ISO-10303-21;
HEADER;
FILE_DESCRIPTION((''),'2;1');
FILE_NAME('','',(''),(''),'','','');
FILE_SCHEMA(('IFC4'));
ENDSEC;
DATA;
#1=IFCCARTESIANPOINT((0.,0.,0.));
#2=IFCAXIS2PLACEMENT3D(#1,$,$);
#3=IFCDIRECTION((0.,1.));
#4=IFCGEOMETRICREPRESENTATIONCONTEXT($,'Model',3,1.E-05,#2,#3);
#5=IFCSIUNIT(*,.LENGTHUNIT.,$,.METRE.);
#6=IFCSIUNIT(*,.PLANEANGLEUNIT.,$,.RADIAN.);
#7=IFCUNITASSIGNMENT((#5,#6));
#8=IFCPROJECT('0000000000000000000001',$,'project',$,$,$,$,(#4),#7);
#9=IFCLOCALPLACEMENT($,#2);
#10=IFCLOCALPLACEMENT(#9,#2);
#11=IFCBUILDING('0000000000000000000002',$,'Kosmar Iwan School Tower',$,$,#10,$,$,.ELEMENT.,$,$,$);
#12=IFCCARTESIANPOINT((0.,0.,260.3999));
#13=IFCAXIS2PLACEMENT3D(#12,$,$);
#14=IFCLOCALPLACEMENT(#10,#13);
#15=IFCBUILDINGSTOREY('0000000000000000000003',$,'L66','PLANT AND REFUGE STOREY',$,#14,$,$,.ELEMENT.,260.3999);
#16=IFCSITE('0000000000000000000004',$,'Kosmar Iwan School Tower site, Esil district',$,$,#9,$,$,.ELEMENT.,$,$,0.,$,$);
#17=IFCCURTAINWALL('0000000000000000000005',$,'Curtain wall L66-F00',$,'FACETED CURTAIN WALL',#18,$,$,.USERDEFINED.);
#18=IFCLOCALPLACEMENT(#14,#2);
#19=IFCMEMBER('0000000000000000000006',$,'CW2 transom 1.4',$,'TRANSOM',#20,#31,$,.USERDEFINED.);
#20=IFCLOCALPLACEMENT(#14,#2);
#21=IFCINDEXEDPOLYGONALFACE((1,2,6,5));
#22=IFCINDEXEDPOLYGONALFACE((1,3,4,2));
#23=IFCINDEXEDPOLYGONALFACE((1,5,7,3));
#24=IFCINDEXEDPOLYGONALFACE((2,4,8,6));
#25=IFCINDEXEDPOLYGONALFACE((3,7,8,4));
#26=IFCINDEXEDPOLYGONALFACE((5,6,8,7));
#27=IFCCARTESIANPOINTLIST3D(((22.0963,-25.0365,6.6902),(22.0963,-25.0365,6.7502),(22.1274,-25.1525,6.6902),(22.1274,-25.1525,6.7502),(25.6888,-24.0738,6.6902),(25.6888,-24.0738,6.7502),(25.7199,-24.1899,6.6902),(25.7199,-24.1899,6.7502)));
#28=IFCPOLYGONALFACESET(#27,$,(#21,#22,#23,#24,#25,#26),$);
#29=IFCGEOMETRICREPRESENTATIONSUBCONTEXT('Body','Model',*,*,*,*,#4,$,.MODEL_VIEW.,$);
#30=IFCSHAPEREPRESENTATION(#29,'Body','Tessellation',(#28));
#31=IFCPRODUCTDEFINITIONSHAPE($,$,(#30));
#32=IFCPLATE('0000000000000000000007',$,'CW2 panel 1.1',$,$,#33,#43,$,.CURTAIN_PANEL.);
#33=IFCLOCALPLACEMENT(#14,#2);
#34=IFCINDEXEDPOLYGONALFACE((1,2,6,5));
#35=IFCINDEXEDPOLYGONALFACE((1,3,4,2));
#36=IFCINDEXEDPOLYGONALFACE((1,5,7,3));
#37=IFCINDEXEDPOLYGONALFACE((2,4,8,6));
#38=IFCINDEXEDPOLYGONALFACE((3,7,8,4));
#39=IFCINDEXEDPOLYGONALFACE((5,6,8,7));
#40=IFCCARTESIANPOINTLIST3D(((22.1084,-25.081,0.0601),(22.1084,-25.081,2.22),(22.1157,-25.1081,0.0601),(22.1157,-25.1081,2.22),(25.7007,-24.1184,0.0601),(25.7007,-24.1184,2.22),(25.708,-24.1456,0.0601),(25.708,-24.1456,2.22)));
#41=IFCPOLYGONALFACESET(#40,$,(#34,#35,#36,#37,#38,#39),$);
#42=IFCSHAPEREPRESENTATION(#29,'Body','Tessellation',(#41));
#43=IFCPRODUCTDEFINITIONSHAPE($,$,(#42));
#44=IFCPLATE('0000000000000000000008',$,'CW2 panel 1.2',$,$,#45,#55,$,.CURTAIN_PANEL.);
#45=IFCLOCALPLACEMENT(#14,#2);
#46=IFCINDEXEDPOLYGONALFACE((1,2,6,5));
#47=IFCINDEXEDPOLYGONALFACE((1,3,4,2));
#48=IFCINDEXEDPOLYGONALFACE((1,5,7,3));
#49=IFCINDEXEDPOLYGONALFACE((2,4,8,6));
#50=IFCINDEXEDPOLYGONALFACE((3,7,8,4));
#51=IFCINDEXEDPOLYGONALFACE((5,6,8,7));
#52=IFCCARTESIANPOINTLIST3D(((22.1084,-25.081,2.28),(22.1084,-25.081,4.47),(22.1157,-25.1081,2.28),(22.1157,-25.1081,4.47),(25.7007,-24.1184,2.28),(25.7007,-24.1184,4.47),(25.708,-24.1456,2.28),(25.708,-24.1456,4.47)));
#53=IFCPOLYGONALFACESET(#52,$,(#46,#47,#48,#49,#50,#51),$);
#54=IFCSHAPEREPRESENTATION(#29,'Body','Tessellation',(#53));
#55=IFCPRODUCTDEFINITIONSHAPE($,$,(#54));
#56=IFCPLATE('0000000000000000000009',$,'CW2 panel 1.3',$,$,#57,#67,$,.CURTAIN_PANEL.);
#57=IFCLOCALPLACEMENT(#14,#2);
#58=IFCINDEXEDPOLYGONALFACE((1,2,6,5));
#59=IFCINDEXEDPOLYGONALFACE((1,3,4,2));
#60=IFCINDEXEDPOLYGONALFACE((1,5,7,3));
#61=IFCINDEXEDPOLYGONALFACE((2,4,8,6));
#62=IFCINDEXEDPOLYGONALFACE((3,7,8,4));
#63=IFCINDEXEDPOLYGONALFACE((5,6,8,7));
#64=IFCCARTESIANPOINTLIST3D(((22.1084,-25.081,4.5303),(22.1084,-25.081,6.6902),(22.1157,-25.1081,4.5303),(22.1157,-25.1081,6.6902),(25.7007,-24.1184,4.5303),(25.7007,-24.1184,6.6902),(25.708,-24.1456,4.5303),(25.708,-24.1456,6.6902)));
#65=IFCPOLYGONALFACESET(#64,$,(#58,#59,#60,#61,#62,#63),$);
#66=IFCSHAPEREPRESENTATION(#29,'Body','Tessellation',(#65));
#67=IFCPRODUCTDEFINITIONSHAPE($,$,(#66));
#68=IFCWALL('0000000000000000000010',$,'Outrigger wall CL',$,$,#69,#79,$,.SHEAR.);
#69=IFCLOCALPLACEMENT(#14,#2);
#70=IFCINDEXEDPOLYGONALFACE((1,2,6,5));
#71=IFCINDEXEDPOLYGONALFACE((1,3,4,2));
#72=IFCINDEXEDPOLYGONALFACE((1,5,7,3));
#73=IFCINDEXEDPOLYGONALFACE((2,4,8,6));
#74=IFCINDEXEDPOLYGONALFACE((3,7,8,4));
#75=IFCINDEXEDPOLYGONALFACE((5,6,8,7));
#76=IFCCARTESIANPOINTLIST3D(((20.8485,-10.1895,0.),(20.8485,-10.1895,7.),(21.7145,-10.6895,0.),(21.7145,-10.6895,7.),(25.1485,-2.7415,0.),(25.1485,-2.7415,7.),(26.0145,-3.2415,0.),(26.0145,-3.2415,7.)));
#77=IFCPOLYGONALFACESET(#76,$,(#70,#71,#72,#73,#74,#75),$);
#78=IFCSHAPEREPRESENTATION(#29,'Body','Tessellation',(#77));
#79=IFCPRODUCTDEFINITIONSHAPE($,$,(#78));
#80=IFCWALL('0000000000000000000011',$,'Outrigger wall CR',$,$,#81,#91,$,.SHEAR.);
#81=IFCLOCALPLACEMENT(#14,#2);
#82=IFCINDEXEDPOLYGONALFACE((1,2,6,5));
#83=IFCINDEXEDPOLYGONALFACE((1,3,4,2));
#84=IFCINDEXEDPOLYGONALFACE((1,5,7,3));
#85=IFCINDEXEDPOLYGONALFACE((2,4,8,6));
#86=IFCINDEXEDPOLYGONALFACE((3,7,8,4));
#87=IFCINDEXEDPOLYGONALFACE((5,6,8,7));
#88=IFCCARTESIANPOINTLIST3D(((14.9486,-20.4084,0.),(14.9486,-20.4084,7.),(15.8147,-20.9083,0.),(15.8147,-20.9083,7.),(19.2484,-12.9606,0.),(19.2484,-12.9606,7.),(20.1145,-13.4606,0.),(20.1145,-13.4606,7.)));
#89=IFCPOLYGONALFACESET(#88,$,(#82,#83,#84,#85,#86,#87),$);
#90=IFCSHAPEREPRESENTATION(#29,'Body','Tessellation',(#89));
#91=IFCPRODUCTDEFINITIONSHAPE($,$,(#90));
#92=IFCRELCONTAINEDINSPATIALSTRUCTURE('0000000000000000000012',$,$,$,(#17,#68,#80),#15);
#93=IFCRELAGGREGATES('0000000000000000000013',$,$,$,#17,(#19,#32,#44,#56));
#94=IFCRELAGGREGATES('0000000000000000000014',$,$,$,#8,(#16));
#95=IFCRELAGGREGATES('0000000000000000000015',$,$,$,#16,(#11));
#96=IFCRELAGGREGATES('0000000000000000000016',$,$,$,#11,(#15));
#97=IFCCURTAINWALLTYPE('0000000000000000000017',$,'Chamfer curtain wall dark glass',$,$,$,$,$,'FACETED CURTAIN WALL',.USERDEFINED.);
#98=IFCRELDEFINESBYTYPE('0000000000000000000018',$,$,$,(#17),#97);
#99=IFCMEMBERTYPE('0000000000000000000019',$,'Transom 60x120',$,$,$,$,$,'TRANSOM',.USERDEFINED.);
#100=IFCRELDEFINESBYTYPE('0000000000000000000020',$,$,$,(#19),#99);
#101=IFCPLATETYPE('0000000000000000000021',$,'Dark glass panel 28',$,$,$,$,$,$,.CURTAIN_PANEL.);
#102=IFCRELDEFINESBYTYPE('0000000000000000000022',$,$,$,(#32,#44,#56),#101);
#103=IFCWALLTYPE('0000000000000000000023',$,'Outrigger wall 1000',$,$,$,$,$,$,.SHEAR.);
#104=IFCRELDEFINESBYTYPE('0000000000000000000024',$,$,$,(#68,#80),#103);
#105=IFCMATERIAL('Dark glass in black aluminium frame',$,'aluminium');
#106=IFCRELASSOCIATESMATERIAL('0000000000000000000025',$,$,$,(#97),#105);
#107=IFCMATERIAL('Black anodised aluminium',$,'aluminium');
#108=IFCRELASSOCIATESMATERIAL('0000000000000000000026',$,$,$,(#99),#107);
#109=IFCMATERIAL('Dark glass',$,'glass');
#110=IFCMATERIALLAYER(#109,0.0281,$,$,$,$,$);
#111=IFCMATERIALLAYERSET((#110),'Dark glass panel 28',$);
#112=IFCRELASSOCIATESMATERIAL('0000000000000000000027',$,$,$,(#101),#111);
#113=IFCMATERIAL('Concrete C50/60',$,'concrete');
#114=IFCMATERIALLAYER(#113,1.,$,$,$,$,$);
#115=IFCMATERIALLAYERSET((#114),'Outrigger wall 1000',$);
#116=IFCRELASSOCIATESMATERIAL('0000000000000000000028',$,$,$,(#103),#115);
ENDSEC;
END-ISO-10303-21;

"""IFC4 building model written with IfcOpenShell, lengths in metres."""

from ifc_helpers import new_model, si_unit, direction, frame, frame_2d, origin, origin_2d, place, context, subcontext, project, spatial, rectangle, extrude, material, layer, layer_set, material_profile, profile_set, type_object, element, aggregate, save


model = new_model("IFC4")

# Units and contexts
model_context = context("Model", 3, precision=1e-05, world=origin(), true_north=direction((0.0, 1.0)))
body_context = subcontext(model_context, "Body", "Model", "MODEL_VIEW")
ifc_project = project(units=[si_unit("LENGTHUNIT", "METRE"), si_unit("PLANEANGLEUNIT", "RADIAN")], contexts=[model_context])

# Site, building, storey
site_placement = place(None, origin())
site = spatial("IfcSite", under=ifc_project, at=site_placement, Name="Kosmar Iwan School Tower site, Esil district", CompositionType="ELEMENT", RefElevation=0.0)
building_placement = place(site_placement, origin())
building = spatial("IfcBuilding", under=site, at=building_placement, Name="Kosmar Iwan School Tower", CompositionType="ELEMENT")
storey_placement = place(building_placement, frame((0.0, 0.0, 260.3999)))
storey = spatial("IfcBuildingStorey", under=building, at=storey_placement, Name="L66", Description="PLANT AND REFUGE STOREY", CompositionType="ELEMENT", Elevation=260.3999)

# Curtain wall
ifc_material_1 = material(Name="Dark glass in black aluminium frame", Category="aluminium")
curtain_wall_type_1 = type_object("IfcCurtainWallType", Name="Chamfer curtain wall dark glass", ElementType="FACETED CURTAIN WALL", PredefinedType="USERDEFINED", material=ifc_material_1)
curtain_wall_1_placement = place(storey_placement, origin())
curtain_wall_1 = element("IfcCurtainWall", 1, at=curtain_wall_1_placement, inside=storey, type_object=curtain_wall_type_1, Name="Curtain wall L66-F00", ObjectType="FACETED CURTAIN WALL", PredefinedType="USERDEFINED")

# Member
ifc_material_2 = material(Name="Black anodised aluminium", Category="aluminium")
ifc_material_profile_1 = material_profile(ifc_material_2, rectangle(XDim=0.1201, YDim=0.0601, at=origin_2d()), Name="TRANSOM 60x120")
ifc_profile_set_1 = profile_set([ifc_material_profile_1], Name="Black anodised aluminium")
member_type_1 = type_object("IfcMemberType", Name="Transom 60x120", ElementType="TRANSOM", PredefinedType="USERDEFINED", material=ifc_profile_set_1)
member_1_placement = place(storey_placement, frame((22.1118, -25.0945, 6.7202), z_axis=(0.965924, 0.258827, 0.0), x_axis=(-0.258827, 0.965924, 0.0)))
member_1 = element("IfcMember", 2, at=member_1_placement, type_object=member_type_1, Name="CW2 transom 1.4", ObjectType="TRANSOM", PredefinedType="USERDEFINED", context=body_context, shape_type="SweptSolid", body=[
    extrude(rectangle(XDim=0.1201, YDim=0.0601, at=origin_2d()), origin(), (0.0, 0.0, 1.0), 3.7192),
])

# Plates
ifc_material_3 = material(Name="Dark glass", Category="glass")
ifc_layer_1 = layer(ifc_material_3, 0.0281)
ifc_layer_set_1 = layer_set([ifc_layer_1], Name="Dark glass panel 28")
plate_type = type_object("IfcPlateType", Name="Dark glass panel 28", PredefinedType="CURTAIN_PANEL", material=ifc_layer_set_1)
plate_1_placement = place(storey_placement, frame((23.9082, -24.6133, 0.0601), z_axis=(0.0, 0.0, 1.0), x_axis=(0.965926, 0.258819, 0.0)))
plate_1 = element("IfcPlate", 3, at=plate_1_placement, type_object=plate_type, Name="CW2 panel 1.1", PredefinedType="CURTAIN_PANEL", context=body_context, shape_type="SweptSolid", body=[
    extrude(rectangle(XDim=3.719, YDim=0.0281, at=origin_2d()), origin(), (0.0, 0.0, 1.0), 2.1599),
])
plate_2_placement = place(storey_placement, frame((23.9082, -24.6133, 2.28), z_axis=(0.0, 0.0, 1.0), x_axis=(0.965926, 0.258819, 0.0)))
plate_2 = element("IfcPlate", 4, at=plate_2_placement, type_object=plate_type, Name="CW2 panel 1.2", PredefinedType="CURTAIN_PANEL", context=body_context, shape_type="SweptSolid", body=[
    extrude(rectangle(XDim=3.719, YDim=0.0281, at=origin_2d()), origin(), (0.0, 0.0, 1.0), 2.1899),
])
plate_3_placement = place(storey_placement, frame((23.9082, -24.6133, 4.5303), z_axis=(0.0, 0.0, 1.0), x_axis=(0.965926, 0.258819, 0.0)))
plate_3 = element("IfcPlate", 5, at=plate_3_placement, type_object=plate_type, Name="CW2 panel 1.3", PredefinedType="CURTAIN_PANEL", context=body_context, shape_type="SweptSolid", body=[
    extrude(rectangle(XDim=3.719, YDim=0.0281, at=origin_2d()), origin(), (0.0, 0.0, 1.0), 2.1599),
])
aggregate(curtain_wall_1, [member_1, plate_1, plate_2, plate_3])

# Walls
ifc_material_4 = material(Name="Concrete C50/60", Category="concrete")
ifc_layer_2 = layer(ifc_material_4, 1.0)
ifc_layer_set_2 = layer_set([ifc_layer_2], Name="Outrigger wall 1000")
wall_type_1 = type_object("IfcWallType", Name="Outrigger wall 1000", PredefinedType="SHEAR", material=ifc_layer_set_2)
wall_1_placement = place(storey_placement, frame((21.2815, -10.4395, 0.0), z_axis=(0.0, 0.0, 1.0), x_axis=(0.499995, 0.866028, 0.0)))
element("IfcWall", 6, at=wall_1_placement, inside=storey, type_object=wall_type_1, Name="Outrigger wall CL", PredefinedType="SHEAR", context=body_context, shape_type="SweptSolid", body=[
    extrude(rectangle(XDim=8.6001, YDim=1.0, at=frame_2d((4.3, 0.0))), origin(), (0.0, 0.0, 1.0), 7.0),
])
wall_2_placement = place(storey_placement, frame((19.6814, -13.2107, 0.0), z_axis=(0.0, 0.0, 1.0), x_axis=(-0.499986, -0.866033, 0.0)))
element("IfcWall", 7, at=wall_2_placement, inside=storey, type_object=wall_type_1, Name="Outrigger wall CR", PredefinedType="SHEAR", context=body_context, shape_type="SweptSolid", body=[
    extrude(rectangle(XDim=8.5999, YDim=1.0, at=frame_2d((4.2998, 0.0))), origin(), (0.0, 0.0, 1.0), 7.0),
])

save(model, "model.ifc")
